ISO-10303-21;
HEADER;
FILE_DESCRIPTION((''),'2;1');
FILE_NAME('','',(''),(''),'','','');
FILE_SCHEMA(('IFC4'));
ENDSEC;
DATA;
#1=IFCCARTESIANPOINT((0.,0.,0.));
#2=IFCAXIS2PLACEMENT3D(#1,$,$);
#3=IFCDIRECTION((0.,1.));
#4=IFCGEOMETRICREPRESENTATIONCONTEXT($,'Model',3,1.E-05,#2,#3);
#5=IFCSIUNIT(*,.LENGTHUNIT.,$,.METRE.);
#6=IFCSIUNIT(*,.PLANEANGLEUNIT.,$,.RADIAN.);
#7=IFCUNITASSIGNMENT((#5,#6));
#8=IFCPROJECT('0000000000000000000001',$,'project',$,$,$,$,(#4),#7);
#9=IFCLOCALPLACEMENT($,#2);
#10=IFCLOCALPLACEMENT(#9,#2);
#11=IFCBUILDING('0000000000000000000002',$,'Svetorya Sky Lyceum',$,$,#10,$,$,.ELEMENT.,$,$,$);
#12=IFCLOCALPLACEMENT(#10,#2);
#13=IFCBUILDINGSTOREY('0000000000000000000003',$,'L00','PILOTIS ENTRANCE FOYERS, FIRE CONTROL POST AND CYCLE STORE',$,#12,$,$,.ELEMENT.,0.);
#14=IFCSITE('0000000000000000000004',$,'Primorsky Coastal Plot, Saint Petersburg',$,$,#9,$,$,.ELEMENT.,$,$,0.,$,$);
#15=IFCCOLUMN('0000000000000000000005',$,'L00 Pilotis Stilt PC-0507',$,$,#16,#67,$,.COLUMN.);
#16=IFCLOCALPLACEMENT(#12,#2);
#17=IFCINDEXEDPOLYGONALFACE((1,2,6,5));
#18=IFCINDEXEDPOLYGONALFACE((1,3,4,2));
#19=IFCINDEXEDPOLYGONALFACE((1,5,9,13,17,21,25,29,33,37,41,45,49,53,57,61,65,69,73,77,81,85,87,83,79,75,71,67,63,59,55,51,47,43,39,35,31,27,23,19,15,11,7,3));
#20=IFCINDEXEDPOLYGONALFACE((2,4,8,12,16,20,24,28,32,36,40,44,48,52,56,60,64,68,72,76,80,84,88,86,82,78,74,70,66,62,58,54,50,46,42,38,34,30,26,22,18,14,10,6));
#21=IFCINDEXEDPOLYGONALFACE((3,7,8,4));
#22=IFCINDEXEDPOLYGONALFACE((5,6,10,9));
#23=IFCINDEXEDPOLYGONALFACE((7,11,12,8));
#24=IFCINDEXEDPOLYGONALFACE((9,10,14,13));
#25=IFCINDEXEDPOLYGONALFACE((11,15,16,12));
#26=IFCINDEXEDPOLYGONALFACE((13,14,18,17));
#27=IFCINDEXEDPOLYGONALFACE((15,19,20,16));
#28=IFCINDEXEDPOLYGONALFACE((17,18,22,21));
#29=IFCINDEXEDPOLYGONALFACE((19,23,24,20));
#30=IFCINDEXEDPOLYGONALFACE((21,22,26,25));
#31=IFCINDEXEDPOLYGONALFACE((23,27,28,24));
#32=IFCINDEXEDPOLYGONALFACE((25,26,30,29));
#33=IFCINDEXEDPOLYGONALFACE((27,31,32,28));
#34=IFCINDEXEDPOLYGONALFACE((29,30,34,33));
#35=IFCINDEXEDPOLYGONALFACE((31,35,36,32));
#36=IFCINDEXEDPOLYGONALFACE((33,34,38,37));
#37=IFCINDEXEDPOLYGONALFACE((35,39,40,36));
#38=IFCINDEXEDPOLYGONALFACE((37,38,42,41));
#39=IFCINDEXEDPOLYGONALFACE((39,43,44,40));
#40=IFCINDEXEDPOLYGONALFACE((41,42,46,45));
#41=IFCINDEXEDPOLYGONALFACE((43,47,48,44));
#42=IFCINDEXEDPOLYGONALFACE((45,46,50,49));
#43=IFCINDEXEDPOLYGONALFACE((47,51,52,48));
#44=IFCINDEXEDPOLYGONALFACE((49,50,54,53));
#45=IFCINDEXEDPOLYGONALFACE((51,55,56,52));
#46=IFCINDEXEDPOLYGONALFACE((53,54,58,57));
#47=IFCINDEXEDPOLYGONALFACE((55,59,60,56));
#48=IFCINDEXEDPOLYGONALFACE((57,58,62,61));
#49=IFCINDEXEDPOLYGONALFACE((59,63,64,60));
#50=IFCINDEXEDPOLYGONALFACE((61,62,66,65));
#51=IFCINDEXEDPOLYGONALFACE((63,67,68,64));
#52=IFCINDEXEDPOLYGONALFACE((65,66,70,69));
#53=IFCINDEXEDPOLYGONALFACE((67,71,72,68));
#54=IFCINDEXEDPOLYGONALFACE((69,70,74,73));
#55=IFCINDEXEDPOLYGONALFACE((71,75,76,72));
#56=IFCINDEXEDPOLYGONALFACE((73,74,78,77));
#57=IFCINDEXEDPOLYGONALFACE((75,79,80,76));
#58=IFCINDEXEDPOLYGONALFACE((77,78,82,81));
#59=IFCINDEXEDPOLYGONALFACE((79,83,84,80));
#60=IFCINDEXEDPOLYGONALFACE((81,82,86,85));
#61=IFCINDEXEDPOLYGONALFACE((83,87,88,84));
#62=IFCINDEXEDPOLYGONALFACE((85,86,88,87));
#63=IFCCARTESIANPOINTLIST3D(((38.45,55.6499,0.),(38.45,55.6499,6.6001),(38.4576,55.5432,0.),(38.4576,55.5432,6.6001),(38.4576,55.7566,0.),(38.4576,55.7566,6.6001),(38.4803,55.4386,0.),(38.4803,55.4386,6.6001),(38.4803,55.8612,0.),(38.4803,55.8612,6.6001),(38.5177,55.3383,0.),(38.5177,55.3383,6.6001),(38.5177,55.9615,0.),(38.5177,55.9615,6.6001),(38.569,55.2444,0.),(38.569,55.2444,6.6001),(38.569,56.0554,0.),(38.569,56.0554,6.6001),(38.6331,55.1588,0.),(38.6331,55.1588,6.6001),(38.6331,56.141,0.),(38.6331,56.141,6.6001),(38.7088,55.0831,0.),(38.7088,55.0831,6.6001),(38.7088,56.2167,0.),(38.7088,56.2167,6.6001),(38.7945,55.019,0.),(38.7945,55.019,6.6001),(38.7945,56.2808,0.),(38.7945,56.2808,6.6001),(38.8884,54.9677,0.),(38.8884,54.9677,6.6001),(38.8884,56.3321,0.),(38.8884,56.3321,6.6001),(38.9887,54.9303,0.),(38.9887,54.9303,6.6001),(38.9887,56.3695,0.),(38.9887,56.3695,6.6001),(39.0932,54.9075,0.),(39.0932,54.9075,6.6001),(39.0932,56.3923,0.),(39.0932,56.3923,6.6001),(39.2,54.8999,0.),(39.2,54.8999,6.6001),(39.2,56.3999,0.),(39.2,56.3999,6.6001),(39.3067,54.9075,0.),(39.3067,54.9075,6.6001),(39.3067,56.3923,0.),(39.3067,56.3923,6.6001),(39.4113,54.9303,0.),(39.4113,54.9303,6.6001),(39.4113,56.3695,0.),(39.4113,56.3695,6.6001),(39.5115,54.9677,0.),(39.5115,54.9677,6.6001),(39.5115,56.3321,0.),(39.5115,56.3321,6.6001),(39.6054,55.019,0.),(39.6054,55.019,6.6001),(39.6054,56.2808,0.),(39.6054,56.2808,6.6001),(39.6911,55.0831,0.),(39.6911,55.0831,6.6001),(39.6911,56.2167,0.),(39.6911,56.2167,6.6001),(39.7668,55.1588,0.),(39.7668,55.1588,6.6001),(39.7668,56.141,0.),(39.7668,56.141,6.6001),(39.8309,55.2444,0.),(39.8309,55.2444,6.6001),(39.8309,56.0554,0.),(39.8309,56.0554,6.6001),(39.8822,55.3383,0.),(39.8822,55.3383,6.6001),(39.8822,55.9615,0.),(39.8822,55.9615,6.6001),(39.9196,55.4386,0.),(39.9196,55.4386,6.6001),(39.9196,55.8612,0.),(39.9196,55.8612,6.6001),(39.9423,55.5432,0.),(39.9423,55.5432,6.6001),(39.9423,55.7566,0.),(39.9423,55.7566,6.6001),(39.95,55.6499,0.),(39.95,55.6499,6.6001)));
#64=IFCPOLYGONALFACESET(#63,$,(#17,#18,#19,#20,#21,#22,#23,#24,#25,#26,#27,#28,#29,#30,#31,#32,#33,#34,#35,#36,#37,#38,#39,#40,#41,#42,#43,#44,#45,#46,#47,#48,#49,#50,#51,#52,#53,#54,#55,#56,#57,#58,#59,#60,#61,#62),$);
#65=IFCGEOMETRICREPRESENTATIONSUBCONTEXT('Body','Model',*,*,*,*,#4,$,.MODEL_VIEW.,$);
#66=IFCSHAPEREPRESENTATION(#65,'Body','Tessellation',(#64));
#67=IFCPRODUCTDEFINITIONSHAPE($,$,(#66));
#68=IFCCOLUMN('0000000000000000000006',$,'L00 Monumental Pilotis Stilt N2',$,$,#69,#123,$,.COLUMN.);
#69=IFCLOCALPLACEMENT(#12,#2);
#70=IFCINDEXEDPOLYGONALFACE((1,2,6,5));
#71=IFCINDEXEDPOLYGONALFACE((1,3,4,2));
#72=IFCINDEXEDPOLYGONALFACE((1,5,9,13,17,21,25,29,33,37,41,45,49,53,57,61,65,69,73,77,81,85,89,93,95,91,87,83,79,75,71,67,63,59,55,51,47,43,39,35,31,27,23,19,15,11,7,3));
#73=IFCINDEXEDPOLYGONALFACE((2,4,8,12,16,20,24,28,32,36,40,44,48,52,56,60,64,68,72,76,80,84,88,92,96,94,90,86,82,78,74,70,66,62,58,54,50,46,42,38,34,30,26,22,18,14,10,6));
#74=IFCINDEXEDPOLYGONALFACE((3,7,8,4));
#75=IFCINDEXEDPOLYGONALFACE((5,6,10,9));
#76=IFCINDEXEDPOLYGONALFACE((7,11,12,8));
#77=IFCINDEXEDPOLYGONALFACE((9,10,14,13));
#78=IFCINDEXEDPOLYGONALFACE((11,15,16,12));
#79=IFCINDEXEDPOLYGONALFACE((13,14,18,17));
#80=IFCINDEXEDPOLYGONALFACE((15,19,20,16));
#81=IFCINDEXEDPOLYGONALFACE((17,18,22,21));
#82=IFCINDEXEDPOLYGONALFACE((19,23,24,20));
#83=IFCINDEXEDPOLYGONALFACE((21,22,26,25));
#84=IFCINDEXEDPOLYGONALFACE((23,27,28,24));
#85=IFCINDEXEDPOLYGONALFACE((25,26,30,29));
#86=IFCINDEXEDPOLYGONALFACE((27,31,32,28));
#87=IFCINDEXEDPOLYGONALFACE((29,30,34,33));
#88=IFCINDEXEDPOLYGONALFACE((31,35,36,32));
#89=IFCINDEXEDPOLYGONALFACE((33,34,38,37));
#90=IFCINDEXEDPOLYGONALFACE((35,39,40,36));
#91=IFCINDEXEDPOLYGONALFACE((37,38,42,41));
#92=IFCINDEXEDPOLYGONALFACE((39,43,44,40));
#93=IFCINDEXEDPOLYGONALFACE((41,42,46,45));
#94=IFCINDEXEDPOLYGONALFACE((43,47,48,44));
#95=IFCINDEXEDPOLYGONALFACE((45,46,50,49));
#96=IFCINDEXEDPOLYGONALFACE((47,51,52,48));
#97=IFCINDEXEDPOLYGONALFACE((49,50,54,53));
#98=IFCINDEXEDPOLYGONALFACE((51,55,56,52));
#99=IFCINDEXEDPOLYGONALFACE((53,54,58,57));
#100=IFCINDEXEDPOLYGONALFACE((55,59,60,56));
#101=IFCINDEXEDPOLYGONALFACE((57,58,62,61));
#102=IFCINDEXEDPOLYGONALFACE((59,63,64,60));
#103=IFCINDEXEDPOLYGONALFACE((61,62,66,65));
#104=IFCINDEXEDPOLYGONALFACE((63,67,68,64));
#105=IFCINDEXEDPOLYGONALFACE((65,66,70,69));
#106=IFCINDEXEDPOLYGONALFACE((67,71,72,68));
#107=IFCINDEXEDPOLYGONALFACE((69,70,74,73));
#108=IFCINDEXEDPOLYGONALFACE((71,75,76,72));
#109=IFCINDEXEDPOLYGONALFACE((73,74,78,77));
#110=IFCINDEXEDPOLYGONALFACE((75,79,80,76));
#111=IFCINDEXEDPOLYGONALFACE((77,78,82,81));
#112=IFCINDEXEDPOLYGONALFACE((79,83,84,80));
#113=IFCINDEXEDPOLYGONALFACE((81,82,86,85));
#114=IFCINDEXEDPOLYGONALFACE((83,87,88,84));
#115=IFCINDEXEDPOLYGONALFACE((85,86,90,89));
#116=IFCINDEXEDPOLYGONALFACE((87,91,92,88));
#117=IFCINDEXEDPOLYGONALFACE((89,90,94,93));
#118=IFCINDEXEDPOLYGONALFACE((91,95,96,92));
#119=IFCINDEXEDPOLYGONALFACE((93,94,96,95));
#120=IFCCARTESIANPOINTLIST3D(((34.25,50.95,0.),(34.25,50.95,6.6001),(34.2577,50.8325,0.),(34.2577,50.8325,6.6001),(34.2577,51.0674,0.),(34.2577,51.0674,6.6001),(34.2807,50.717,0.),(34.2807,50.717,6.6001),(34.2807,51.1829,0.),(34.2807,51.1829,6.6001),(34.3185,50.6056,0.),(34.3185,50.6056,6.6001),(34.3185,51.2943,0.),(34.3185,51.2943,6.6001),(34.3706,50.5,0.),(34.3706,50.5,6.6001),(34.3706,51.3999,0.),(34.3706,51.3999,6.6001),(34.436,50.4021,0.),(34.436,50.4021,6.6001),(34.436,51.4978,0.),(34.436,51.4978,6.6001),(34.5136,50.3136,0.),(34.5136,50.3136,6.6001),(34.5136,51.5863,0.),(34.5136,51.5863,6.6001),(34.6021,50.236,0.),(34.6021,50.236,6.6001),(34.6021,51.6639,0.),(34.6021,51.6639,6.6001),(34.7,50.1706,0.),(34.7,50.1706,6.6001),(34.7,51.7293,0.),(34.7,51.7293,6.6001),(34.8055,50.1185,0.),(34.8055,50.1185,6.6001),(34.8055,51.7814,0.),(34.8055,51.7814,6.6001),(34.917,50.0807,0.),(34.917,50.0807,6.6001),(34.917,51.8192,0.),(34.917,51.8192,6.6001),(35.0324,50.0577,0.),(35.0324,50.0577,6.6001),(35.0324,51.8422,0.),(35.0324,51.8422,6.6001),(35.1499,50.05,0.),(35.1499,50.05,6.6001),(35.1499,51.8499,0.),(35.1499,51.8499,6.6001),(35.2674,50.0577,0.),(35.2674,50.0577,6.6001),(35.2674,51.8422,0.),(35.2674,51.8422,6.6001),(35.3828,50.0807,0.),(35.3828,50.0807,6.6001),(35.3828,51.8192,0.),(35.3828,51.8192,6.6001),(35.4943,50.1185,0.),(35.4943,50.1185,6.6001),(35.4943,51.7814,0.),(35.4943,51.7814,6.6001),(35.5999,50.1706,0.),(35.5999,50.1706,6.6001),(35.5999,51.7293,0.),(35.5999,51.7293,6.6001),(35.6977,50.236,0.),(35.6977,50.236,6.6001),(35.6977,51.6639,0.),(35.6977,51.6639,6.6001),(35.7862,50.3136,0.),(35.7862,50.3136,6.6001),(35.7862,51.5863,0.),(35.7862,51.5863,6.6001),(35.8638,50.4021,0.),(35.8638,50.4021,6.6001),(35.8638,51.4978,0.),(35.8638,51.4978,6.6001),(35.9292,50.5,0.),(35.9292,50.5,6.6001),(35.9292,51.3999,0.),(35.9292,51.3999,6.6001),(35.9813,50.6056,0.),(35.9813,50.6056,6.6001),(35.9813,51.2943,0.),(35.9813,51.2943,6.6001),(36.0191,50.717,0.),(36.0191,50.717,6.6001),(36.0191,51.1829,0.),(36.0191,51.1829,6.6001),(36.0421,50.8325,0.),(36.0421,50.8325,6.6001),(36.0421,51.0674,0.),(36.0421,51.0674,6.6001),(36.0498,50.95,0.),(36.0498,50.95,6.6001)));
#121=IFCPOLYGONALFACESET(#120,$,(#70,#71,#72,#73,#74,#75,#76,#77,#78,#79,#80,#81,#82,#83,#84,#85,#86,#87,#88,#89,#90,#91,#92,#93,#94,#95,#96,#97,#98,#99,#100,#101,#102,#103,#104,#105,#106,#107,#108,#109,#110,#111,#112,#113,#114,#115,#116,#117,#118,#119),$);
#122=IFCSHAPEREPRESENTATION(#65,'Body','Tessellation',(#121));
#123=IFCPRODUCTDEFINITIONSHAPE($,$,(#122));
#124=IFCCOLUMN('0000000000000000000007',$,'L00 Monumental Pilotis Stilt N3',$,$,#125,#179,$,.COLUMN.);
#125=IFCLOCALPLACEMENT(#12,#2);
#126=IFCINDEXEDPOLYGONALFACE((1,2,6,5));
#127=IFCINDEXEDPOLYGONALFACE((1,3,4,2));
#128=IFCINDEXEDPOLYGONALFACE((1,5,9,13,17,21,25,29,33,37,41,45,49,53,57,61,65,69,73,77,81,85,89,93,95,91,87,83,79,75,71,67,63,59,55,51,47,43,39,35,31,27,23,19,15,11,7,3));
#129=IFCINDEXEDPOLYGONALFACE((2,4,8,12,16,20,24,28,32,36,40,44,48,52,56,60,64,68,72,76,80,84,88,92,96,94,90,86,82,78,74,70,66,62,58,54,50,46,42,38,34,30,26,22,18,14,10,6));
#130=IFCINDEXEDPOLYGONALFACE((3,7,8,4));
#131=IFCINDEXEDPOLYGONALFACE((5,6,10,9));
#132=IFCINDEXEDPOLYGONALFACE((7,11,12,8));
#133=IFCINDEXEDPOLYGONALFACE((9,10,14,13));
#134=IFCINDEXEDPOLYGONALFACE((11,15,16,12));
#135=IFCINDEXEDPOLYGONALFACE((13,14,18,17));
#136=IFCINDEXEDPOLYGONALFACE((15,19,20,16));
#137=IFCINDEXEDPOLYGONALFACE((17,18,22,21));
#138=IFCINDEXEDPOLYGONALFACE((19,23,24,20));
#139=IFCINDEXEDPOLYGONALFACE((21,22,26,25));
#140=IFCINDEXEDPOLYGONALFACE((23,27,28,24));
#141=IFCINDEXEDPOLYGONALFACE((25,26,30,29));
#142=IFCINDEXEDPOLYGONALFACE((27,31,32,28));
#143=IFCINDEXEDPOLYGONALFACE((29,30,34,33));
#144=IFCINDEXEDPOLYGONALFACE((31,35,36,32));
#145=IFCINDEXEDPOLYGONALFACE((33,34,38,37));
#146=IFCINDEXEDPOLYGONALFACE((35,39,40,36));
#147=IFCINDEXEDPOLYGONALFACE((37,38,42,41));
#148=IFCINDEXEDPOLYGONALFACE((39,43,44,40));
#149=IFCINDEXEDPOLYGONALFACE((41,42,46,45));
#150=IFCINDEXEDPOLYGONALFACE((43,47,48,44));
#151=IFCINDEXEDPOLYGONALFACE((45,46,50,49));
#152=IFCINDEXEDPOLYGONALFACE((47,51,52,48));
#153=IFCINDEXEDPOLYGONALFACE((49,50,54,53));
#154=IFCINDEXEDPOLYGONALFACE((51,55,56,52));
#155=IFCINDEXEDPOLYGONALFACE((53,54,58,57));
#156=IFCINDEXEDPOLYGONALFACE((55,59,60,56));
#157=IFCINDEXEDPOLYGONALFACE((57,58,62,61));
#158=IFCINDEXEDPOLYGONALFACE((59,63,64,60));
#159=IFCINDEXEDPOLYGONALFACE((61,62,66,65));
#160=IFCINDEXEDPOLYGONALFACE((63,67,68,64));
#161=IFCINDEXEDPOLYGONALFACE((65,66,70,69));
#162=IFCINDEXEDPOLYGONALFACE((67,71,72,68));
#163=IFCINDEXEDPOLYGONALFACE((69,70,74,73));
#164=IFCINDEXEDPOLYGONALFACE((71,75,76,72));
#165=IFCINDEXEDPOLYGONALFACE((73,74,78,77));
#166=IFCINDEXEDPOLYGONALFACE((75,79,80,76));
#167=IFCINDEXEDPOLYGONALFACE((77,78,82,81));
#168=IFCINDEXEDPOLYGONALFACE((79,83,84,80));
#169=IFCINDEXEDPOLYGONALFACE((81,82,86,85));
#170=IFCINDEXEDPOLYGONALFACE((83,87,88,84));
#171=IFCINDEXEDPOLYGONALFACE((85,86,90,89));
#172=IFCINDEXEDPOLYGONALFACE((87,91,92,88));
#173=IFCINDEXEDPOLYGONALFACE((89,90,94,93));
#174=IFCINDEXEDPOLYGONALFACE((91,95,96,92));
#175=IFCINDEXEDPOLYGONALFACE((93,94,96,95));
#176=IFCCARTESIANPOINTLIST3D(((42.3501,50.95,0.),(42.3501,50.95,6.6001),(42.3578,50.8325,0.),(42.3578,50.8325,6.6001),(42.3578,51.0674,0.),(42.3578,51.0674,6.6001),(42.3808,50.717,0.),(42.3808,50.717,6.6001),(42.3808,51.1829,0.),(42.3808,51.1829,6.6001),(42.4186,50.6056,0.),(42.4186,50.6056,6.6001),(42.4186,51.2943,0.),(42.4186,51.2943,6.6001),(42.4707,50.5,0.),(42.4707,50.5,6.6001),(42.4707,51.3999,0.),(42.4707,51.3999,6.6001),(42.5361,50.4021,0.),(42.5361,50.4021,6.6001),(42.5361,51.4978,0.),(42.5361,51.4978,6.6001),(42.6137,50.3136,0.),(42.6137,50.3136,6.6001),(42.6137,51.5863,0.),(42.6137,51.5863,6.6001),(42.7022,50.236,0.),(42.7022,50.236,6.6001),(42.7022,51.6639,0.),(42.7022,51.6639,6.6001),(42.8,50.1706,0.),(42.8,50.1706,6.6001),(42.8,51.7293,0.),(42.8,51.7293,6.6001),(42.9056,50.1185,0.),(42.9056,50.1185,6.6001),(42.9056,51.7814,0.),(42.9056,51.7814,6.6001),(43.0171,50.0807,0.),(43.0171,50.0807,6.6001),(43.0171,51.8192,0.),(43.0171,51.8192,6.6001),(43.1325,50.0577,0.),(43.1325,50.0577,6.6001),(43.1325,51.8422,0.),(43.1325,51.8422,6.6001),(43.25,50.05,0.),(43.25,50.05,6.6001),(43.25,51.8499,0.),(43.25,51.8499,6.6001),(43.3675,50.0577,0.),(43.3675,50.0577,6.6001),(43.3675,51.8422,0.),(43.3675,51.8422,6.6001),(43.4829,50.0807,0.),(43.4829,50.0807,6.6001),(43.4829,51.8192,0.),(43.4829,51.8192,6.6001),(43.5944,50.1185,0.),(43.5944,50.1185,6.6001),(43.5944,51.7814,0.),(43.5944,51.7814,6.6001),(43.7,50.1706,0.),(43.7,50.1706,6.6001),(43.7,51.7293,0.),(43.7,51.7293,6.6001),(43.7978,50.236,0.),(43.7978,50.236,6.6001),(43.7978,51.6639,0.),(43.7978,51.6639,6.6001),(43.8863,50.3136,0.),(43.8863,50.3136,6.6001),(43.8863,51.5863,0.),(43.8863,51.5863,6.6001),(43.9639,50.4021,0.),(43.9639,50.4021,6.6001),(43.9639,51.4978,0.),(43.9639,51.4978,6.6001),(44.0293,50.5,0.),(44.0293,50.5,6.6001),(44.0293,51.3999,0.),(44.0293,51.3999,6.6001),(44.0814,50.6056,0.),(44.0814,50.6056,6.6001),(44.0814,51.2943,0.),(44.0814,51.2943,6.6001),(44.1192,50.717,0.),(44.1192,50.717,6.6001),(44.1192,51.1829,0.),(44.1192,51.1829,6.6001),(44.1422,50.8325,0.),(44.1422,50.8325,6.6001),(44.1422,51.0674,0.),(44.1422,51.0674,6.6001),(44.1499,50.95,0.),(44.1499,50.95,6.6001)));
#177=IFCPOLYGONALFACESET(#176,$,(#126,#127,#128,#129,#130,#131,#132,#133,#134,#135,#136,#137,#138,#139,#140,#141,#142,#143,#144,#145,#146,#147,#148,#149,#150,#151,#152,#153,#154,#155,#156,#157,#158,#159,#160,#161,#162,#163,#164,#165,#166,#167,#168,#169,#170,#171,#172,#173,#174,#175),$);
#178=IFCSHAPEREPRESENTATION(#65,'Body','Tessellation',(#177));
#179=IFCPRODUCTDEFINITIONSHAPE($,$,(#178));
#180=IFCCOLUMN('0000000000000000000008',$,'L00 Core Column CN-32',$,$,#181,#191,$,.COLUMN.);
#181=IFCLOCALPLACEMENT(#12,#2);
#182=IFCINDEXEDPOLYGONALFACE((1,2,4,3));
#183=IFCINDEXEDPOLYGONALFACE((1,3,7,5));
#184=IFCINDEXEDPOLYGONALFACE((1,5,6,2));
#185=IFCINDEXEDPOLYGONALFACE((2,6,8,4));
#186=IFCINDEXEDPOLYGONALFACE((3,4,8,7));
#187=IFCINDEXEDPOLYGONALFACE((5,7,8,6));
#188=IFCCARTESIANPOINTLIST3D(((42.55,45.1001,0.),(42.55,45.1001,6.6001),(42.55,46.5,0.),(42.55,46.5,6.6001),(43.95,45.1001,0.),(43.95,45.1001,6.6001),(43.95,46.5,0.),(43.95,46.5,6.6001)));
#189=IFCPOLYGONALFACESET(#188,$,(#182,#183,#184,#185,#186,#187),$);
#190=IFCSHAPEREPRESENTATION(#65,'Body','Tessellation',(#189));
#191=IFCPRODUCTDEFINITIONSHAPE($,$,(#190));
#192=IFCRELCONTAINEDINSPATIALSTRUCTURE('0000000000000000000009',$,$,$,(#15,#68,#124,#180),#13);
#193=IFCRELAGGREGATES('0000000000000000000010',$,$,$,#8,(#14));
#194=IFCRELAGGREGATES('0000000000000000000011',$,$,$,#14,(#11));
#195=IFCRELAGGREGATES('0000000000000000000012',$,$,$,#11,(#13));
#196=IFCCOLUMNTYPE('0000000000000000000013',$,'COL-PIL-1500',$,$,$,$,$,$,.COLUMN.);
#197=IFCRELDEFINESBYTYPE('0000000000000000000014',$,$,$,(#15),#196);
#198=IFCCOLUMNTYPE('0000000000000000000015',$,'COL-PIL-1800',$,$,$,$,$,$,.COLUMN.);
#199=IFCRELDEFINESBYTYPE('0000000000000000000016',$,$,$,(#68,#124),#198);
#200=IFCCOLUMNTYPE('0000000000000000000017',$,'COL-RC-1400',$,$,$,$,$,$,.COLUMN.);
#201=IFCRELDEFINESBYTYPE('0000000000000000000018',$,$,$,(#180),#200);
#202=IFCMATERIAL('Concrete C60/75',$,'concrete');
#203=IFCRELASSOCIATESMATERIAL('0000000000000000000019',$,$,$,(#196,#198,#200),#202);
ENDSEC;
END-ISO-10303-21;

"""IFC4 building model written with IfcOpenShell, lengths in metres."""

from ifc_helpers import new_model, si_unit, direction, frame, origin, origin_2d, place, context, subcontext, project, spatial, rectangle, circle, extrude, material, material_profile, profile_set, type_object, element, save


model = new_model("IFC4")

# Units and contexts
model_context = context("Model", 3, precision=1e-05, world=origin(), true_north=direction((0.0, 1.0)))
body_context = subcontext(model_context, "Body", "Model", "MODEL_VIEW")
ifc_project = project(units=[si_unit("LENGTHUNIT", "METRE"), si_unit("PLANEANGLEUNIT", "RADIAN")], contexts=[model_context])

# Site, building, storey
site_placement = place(None, origin())
site = spatial("IfcSite", under=ifc_project, at=site_placement, Name="Primorsky Coastal Plot, Saint Petersburg", CompositionType="ELEMENT", RefElevation=0.0)
building_placement = place(site_placement, origin())
building = spatial("IfcBuilding", under=site, at=building_placement, Name="Svetorya Sky Lyceum", CompositionType="ELEMENT")
storey_placement = place(building_placement, origin())
storey = spatial("IfcBuildingStorey", under=building, at=storey_placement, Name="L00", Description="PILOTIS ENTRANCE FOYERS, FIRE CONTROL POST AND CYCLE STORE", CompositionType="ELEMENT", Elevation=0.0)

# Columns
ifc_material_1 = material(Name="Concrete C60/75", Category="concrete")
ifc_material_profile_1 = material_profile(ifc_material_1, circle(Radius=0.75, at=origin_2d()), Name="RC PILOTI D1500")
ifc_profile_set_1 = profile_set([ifc_material_profile_1], Name="Concrete C60/75")
column_type_1 = type_object("IfcColumnType", Name="COL-PIL-1500", PredefinedType="COLUMN", material=ifc_profile_set_1)
column_1_placement = place(storey_placement, frame((39.2, 55.6499, 0.0), z_axis=(0.0, 0.0, 1.0), x_axis=(1.0, 0.0, 0.0)))
element("IfcColumn", 1, at=column_1_placement, inside=storey, type_object=column_type_1, Name="L00 Pilotis Stilt PC-0507", PredefinedType="COLUMN", context=body_context, shape_type="SweptSolid", body=[
    extrude(circle(Radius=0.75, at=origin_2d()), origin(), (0.0, 0.0, 1.0), 6.6001),
])
ifc_material_profile_2 = material_profile(ifc_material_1, circle(Radius=0.8999, at=origin_2d()), Name="RC PILOTI D1800")
ifc_profile_set_2 = profile_set([ifc_material_profile_2], Name="Concrete C60/75")
column_type_2 = type_object("IfcColumnType", Name="COL-PIL-1800", PredefinedType="COLUMN", material=ifc_profile_set_2)
for number, where, z_axis, x_axis, name in (
    (2, (35.1499, 50.95, 0.0), (0.0, 0.0, 1.0), (1.0, 0.0, 0.0), "L00 Monumental Pilotis Stilt N2"),
    (3, (43.25, 50.95, 0.0), (0.0, 0.0, 1.0), (1.0, 0.0, 0.0), "L00 Monumental Pilotis Stilt N3"),
):
    element("IfcColumn", number, at=place(storey_placement, frame(where, z_axis=z_axis, x_axis=x_axis)), inside=storey, type_object=column_type_2, Name=name, PredefinedType="COLUMN", context=body_context, shape_type="SweptSolid", body=[
        extrude(circle(Radius=0.8999, at=origin_2d()), origin(), (0.0, 0.0, 1.0), 6.6001),
    ])
ifc_material_profile_3 = material_profile(ifc_material_1, rectangle(XDim=1.3999, YDim=1.3999, at=origin_2d()), Name="RC COL 1400x1400")
ifc_profile_set_3 = profile_set([ifc_material_profile_3], Name="Concrete C60/75")
column_type_3 = type_object("IfcColumnType", Name="COL-RC-1400", PredefinedType="COLUMN", material=ifc_profile_set_3)
column_2_placement = place(storey_placement, frame((43.25, 45.8, 0.0), z_axis=(0.0, 0.0, 1.0), x_axis=(1.0, 0.0, 0.0)))
element("IfcColumn", 4, at=column_2_placement, inside=storey, type_object=column_type_3, Name="L00 Core Column CN-32", PredefinedType="COLUMN", context=body_context, shape_type="SweptSolid", body=[
    extrude(rectangle(XDim=1.3999, YDim=1.3999, at=origin_2d()), origin(), (0.0, 0.0, 1.0), 6.6001),
])

save(model, "model.ifc")
